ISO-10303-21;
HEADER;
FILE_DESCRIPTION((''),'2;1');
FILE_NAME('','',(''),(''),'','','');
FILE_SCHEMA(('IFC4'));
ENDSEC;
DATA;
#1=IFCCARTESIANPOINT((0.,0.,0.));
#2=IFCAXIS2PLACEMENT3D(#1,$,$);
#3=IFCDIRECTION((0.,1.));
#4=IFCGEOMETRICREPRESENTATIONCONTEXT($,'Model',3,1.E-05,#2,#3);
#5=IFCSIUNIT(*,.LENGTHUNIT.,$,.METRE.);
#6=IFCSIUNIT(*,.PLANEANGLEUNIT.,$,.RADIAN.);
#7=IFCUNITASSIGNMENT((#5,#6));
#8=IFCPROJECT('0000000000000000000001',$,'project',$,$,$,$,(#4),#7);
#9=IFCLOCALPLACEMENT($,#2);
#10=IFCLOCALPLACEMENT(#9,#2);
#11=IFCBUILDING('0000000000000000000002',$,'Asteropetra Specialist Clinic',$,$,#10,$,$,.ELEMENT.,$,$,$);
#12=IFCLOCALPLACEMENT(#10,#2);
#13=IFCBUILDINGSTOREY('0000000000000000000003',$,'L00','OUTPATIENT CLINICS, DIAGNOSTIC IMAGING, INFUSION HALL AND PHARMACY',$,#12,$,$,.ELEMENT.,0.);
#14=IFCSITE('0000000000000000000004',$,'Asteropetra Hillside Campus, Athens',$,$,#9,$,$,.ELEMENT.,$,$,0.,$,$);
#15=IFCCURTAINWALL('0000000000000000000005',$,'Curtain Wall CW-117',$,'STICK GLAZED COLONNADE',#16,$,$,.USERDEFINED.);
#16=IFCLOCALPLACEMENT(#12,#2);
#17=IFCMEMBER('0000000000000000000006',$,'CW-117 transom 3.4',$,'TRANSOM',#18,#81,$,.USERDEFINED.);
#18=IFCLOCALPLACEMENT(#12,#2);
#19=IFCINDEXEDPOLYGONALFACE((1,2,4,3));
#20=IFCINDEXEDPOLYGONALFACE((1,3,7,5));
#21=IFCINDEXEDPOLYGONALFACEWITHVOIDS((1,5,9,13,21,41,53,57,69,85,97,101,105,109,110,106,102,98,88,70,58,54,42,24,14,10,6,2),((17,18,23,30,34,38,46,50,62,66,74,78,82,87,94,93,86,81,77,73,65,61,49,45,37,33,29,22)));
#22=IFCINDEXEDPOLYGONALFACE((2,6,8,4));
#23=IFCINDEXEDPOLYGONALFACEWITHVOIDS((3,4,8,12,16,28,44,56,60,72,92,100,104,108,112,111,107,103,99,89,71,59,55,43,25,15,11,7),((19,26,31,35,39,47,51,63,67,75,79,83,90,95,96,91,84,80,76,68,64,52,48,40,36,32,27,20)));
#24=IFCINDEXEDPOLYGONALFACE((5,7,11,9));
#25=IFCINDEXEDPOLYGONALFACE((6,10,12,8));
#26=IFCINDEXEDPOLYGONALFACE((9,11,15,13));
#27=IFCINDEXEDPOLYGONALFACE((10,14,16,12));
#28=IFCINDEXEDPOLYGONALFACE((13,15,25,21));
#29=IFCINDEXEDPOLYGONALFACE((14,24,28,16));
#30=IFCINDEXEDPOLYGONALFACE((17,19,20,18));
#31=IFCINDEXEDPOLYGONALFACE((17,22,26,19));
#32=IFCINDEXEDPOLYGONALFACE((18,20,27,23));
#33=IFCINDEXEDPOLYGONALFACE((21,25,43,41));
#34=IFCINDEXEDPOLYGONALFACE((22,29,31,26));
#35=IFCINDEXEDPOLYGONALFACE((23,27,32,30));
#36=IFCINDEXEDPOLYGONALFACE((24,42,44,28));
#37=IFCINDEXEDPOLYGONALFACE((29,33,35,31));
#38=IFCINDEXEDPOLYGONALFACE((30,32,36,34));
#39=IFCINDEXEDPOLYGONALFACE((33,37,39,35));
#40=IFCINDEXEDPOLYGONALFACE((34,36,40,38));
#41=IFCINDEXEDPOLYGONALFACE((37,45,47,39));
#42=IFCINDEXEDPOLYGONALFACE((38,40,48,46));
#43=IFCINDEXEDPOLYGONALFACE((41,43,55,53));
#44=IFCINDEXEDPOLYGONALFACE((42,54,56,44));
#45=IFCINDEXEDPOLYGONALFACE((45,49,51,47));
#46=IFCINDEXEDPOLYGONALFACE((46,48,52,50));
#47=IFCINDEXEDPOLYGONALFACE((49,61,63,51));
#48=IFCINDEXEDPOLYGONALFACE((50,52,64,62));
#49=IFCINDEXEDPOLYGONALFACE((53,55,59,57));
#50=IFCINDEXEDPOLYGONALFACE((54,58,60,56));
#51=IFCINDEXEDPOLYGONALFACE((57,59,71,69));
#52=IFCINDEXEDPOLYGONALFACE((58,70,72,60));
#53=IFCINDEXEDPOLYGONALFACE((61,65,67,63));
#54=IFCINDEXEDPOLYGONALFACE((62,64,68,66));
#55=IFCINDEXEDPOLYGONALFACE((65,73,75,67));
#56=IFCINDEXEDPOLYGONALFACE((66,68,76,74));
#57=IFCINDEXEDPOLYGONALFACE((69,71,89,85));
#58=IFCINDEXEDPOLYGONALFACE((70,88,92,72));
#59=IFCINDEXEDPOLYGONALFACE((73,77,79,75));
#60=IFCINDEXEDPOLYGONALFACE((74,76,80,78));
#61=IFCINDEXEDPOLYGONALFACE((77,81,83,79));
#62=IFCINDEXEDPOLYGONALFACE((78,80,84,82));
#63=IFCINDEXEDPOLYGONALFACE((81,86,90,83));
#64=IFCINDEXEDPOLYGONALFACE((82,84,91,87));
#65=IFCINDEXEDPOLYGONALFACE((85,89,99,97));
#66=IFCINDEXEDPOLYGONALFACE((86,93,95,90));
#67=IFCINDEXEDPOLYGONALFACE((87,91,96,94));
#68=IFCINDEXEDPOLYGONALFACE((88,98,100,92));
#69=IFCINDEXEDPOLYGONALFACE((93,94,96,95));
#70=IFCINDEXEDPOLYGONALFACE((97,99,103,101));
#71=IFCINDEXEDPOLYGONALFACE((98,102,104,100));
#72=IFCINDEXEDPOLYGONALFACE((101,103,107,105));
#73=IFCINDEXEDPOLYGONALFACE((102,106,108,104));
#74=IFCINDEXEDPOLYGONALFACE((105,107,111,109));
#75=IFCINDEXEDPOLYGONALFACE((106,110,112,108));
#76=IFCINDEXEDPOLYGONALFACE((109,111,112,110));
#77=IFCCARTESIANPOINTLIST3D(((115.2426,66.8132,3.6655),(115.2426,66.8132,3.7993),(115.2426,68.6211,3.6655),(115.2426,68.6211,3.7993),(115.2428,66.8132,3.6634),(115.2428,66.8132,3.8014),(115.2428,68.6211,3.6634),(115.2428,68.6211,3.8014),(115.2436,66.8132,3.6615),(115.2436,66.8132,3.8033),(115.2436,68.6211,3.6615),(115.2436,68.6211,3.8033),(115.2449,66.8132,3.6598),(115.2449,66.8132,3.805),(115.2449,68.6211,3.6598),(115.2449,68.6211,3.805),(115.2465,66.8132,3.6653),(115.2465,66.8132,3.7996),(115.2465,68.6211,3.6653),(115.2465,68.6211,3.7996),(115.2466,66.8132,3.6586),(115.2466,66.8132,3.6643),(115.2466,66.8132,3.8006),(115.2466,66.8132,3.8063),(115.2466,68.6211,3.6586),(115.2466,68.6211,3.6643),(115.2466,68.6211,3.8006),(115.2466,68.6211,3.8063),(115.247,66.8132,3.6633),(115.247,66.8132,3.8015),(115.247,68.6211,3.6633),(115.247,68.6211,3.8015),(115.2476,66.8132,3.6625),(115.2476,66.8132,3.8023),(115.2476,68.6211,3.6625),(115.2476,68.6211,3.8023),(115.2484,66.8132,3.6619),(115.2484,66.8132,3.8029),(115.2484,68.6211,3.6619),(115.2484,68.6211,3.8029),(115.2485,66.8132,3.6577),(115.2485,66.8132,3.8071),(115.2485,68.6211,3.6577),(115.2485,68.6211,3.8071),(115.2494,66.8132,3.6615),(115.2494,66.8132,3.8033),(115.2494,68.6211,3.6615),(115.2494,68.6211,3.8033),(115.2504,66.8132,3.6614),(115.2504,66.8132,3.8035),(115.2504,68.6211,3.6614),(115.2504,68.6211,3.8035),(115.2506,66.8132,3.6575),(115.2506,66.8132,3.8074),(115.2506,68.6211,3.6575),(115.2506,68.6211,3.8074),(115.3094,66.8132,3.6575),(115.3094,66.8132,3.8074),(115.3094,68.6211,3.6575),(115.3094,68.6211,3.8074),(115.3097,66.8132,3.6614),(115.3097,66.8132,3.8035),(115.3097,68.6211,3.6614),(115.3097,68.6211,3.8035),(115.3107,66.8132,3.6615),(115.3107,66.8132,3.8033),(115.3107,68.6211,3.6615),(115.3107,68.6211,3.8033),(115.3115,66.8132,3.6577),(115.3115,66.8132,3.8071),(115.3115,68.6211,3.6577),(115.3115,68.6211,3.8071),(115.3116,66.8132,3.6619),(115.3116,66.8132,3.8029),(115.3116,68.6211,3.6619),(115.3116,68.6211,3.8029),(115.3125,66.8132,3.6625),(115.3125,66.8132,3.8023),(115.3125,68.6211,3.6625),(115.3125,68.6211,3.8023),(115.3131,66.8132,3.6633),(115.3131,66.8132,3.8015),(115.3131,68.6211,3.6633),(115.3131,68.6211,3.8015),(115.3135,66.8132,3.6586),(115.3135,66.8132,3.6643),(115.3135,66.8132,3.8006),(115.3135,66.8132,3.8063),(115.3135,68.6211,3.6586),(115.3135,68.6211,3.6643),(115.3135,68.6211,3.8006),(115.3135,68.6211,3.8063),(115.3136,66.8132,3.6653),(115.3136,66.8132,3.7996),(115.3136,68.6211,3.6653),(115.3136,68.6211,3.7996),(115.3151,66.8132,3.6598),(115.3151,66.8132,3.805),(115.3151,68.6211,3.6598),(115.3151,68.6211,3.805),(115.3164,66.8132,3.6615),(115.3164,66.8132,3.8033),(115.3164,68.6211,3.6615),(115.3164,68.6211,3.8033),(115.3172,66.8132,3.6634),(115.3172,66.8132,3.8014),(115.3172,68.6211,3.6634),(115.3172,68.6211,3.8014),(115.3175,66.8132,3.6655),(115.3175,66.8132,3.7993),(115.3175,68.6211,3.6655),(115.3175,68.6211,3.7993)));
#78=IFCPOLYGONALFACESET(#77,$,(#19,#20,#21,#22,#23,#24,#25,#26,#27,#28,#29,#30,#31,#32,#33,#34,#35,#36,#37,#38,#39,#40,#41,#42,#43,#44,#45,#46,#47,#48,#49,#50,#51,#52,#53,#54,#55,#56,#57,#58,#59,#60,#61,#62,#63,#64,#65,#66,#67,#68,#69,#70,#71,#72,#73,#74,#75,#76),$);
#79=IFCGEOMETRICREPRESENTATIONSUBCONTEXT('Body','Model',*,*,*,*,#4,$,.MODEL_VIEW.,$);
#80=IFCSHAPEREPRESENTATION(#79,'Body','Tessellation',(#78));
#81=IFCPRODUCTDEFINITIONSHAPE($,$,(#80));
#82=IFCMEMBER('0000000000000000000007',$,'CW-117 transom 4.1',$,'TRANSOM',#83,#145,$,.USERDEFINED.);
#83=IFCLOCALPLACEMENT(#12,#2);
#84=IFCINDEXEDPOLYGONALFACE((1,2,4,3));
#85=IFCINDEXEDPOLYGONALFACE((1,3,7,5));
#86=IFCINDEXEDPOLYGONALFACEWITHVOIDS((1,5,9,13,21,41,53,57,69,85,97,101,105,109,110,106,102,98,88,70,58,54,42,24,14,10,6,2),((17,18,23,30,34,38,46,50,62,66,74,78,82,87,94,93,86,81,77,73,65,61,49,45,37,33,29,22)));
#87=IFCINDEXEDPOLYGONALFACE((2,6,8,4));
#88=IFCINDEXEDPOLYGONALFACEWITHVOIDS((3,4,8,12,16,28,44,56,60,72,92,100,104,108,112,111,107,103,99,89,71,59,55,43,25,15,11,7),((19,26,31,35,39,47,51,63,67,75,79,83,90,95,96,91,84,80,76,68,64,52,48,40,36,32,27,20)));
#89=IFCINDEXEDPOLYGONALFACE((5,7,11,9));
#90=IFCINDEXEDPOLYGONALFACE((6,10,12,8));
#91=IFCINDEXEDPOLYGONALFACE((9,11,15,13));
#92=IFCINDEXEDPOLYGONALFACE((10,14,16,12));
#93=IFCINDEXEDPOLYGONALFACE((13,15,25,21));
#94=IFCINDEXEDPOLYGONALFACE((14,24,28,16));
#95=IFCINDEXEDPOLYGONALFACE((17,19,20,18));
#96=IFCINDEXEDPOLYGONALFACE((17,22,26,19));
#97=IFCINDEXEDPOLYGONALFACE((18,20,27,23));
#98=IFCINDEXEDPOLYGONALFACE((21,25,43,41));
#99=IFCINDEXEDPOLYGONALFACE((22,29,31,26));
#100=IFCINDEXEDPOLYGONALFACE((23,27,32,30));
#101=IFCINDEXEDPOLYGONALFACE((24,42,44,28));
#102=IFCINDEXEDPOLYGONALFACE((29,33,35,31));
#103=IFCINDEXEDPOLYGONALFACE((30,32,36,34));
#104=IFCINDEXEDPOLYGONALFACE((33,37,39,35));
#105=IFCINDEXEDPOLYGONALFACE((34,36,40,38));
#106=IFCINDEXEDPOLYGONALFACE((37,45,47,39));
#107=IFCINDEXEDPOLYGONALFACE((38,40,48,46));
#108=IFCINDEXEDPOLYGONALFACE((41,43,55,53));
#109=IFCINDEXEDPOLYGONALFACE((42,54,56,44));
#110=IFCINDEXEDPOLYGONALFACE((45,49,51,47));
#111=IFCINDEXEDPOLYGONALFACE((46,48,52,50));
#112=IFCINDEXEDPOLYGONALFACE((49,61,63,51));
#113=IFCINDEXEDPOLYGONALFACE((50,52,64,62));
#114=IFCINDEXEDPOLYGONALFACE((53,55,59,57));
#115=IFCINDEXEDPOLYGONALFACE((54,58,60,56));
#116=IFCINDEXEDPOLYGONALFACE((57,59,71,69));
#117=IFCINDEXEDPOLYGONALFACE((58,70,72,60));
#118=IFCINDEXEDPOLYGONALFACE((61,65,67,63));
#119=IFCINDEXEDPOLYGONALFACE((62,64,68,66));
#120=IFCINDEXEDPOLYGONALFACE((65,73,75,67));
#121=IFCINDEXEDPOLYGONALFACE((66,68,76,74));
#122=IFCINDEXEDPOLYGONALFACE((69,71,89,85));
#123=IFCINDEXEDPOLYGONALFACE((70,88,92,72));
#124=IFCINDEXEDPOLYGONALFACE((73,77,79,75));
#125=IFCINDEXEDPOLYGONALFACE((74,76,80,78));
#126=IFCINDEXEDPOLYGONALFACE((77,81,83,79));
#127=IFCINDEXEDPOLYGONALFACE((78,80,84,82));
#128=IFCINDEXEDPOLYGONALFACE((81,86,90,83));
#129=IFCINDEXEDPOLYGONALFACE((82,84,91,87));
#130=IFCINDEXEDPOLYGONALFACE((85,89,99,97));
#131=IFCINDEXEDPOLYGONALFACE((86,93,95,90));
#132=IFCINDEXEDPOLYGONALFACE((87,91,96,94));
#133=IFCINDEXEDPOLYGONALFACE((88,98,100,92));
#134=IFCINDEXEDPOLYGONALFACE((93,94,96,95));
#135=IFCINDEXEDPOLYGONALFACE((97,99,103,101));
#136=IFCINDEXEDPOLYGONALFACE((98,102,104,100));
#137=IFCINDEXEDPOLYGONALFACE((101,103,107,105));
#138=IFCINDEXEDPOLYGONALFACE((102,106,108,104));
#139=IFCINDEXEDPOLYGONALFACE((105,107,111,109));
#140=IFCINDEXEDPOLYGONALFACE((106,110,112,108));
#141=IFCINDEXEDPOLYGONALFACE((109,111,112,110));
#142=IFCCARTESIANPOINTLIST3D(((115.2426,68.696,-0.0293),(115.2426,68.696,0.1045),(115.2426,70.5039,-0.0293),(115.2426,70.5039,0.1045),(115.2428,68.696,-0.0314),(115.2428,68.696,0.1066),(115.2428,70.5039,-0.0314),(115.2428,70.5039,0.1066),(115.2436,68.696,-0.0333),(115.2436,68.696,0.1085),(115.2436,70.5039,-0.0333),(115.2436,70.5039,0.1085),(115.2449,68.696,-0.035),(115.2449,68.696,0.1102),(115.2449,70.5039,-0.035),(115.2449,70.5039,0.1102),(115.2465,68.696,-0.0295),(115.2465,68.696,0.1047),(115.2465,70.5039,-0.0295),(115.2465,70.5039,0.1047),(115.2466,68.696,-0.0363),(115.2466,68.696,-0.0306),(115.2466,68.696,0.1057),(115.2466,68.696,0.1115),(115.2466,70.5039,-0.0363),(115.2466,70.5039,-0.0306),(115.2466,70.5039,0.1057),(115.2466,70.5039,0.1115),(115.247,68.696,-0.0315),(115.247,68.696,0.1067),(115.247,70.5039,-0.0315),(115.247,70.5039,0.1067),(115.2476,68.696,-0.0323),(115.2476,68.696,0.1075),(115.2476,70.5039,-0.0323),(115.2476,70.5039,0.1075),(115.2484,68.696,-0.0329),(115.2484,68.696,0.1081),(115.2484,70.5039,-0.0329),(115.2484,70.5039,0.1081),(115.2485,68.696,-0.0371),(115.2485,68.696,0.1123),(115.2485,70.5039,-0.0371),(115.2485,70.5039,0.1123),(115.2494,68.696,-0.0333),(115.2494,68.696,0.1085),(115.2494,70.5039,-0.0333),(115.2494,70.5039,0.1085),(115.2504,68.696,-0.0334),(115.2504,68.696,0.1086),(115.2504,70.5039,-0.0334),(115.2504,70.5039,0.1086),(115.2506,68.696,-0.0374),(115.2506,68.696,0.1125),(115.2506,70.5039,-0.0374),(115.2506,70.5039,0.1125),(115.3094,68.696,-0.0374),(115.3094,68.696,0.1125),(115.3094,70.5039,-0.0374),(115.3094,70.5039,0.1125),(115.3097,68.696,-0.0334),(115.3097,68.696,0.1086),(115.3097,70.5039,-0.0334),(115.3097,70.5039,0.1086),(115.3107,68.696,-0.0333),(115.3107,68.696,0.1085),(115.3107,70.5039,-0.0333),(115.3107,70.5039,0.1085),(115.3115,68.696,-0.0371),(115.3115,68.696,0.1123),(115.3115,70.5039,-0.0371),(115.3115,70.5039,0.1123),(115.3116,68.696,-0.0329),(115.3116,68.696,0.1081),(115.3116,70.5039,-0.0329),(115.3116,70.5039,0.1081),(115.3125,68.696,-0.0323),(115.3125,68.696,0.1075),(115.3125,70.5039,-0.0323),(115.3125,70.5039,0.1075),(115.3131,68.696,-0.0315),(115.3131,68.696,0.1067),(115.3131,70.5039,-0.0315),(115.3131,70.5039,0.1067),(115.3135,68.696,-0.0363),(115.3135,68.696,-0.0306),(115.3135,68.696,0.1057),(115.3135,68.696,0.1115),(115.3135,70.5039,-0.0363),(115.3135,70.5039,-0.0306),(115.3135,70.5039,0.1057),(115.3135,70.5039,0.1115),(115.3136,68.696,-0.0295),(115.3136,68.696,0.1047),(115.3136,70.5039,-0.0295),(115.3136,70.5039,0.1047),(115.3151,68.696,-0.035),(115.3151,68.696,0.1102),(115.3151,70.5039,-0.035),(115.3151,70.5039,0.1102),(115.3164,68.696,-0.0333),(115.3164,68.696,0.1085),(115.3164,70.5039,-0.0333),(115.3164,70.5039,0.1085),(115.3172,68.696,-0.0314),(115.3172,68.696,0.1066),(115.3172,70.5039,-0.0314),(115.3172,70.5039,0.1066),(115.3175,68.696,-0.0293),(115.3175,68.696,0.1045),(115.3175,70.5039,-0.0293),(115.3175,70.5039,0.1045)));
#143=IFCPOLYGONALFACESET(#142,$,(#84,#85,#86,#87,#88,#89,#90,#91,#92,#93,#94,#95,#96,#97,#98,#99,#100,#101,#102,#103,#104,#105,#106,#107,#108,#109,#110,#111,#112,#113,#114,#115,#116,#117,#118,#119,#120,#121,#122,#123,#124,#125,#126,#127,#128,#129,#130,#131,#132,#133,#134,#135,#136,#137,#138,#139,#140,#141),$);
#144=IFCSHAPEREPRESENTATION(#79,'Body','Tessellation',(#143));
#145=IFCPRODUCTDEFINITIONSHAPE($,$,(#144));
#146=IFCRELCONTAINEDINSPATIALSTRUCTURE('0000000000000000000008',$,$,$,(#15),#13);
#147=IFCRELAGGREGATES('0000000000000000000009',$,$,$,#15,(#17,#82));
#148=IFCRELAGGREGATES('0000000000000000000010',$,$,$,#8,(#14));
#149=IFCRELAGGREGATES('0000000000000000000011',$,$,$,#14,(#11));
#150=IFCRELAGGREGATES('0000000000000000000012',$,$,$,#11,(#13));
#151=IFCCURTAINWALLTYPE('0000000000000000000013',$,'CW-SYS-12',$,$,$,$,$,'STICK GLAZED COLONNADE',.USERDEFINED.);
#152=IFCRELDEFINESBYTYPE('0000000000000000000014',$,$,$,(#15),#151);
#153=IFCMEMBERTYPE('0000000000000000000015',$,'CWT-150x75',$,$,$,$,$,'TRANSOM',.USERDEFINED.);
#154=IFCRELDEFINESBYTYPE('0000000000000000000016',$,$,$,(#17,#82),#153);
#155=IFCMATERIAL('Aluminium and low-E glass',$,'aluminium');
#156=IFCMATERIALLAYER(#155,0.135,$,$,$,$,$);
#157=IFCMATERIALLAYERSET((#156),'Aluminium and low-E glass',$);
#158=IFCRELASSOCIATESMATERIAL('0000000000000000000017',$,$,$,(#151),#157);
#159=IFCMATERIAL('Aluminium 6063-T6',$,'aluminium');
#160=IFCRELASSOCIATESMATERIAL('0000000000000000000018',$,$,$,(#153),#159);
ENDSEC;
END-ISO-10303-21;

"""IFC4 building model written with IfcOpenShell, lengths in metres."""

from ifc_helpers import new_model, si_unit, direction, frame, origin, origin_2d, place, context, subcontext, project, spatial, hollow_rectangle, extrude, material, layer, layer_set, material_profile, profile_set, type_object, element, aggregate, save


model = new_model("IFC4")

# Units and contexts
model_context = context("Model", 3, precision=1e-05, world=origin(), true_north=direction((0.0, 1.0)))
body_context = subcontext(model_context, "Body", "Model", "MODEL_VIEW")
ifc_project = project(units=[si_unit("LENGTHUNIT", "METRE"), si_unit("PLANEANGLEUNIT", "RADIAN")], contexts=[model_context])

# Site, building, storey
site_placement = place(None, origin())
site = spatial("IfcSite", under=ifc_project, at=site_placement, Name="Asteropetra Hillside Campus, Athens", CompositionType="ELEMENT", RefElevation=0.0)
building_placement = place(site_placement, origin())
building = spatial("IfcBuilding", under=site, at=building_placement, Name="Asteropetra Specialist Clinic", CompositionType="ELEMENT")
storey_placement = place(building_placement, origin())
storey = spatial("IfcBuildingStorey", under=building, at=storey_placement, Name="L00", Description="OUTPATIENT CLINICS, DIAGNOSTIC IMAGING, INFUSION HALL AND PHARMACY", CompositionType="ELEMENT", Elevation=0.0)

# Curtain wall, members
ifc_material_1 = material(Name="Aluminium and low-E glass", Category="aluminium")
ifc_layer_1 = layer(ifc_material_1, 0.135)
ifc_layer_set_1 = layer_set([ifc_layer_1], Name="Aluminium and low-E glass")
curtain_wall_type = type_object("IfcCurtainWallType", Name="CW-SYS-12", ElementType="STICK GLAZED COLONNADE", PredefinedType="USERDEFINED", material=ifc_layer_set_1)
curtain_wall_placement = place(storey_placement, origin())
curtain_wall = element("IfcCurtainWall", 1, at=curtain_wall_placement, inside=storey, type_object=curtain_wall_type, Name="Curtain Wall CW-117", ObjectType="STICK GLAZED COLONNADE", PredefinedType="USERDEFINED")
ifc_material_2 = material(Name="Aluminium 6063-T6", Category="aluminium")
ifc_material_profile_1 = material_profile(ifc_material_2, hollow_rectangle(XDim=0.075, YDim=0.1499, WallThickness=0.0039, InnerFilletRadius=0.0039, OuterFilletRadius=0.0081, at=origin_2d()), Name="TRN 150x75x4.0")
ifc_profile_set_1 = profile_set([ifc_material_profile_1], Name="Aluminium 6063-T6")
member_type_1 = type_object("IfcMemberType", Name="CWT-150x75", ElementType="TRANSOM", PredefinedType="USERDEFINED", material=ifc_profile_set_1)
member_1_placement = place(storey_placement, frame((115.28, 66.8132, 3.7324), z_axis=(0.0, 1.0, 0.0), x_axis=(-1.0, 0.0, 0.0)))
member_1 = element("IfcMember", 2, at=member_1_placement, type_object=member_type_1, Name="CW-117 transom 3.4", ObjectType="TRANSOM", PredefinedType="USERDEFINED", context=body_context, shape_type="SweptSolid", body=[
    extrude(hollow_rectangle(XDim=0.075, YDim=0.1499, WallThickness=0.0039, InnerFilletRadius=0.0039, OuterFilletRadius=0.0081, at=origin_2d()), origin(), (0.0, 0.0, 1.0), 1.8079),
])
member_2_placement = place(storey_placement, frame((115.28, 68.696, 0.0376), z_axis=(0.0, 1.0, 0.0), x_axis=(-1.0, 0.0, 0.0)))
member_2 = element("IfcMember", 3, at=member_2_placement, type_object=member_type_1, Name="CW-117 transom 4.1", ObjectType="TRANSOM", PredefinedType="USERDEFINED", context=body_context, shape_type="SweptSolid", body=[
    extrude(hollow_rectangle(XDim=0.075, YDim=0.1499, WallThickness=0.0039, InnerFilletRadius=0.0039, OuterFilletRadius=0.0081, at=origin_2d()), origin(), (0.0, 0.0, 1.0), 1.8079),
])
aggregate(curtain_wall, [member_1, member_2])

save(model, "model.ifc")
